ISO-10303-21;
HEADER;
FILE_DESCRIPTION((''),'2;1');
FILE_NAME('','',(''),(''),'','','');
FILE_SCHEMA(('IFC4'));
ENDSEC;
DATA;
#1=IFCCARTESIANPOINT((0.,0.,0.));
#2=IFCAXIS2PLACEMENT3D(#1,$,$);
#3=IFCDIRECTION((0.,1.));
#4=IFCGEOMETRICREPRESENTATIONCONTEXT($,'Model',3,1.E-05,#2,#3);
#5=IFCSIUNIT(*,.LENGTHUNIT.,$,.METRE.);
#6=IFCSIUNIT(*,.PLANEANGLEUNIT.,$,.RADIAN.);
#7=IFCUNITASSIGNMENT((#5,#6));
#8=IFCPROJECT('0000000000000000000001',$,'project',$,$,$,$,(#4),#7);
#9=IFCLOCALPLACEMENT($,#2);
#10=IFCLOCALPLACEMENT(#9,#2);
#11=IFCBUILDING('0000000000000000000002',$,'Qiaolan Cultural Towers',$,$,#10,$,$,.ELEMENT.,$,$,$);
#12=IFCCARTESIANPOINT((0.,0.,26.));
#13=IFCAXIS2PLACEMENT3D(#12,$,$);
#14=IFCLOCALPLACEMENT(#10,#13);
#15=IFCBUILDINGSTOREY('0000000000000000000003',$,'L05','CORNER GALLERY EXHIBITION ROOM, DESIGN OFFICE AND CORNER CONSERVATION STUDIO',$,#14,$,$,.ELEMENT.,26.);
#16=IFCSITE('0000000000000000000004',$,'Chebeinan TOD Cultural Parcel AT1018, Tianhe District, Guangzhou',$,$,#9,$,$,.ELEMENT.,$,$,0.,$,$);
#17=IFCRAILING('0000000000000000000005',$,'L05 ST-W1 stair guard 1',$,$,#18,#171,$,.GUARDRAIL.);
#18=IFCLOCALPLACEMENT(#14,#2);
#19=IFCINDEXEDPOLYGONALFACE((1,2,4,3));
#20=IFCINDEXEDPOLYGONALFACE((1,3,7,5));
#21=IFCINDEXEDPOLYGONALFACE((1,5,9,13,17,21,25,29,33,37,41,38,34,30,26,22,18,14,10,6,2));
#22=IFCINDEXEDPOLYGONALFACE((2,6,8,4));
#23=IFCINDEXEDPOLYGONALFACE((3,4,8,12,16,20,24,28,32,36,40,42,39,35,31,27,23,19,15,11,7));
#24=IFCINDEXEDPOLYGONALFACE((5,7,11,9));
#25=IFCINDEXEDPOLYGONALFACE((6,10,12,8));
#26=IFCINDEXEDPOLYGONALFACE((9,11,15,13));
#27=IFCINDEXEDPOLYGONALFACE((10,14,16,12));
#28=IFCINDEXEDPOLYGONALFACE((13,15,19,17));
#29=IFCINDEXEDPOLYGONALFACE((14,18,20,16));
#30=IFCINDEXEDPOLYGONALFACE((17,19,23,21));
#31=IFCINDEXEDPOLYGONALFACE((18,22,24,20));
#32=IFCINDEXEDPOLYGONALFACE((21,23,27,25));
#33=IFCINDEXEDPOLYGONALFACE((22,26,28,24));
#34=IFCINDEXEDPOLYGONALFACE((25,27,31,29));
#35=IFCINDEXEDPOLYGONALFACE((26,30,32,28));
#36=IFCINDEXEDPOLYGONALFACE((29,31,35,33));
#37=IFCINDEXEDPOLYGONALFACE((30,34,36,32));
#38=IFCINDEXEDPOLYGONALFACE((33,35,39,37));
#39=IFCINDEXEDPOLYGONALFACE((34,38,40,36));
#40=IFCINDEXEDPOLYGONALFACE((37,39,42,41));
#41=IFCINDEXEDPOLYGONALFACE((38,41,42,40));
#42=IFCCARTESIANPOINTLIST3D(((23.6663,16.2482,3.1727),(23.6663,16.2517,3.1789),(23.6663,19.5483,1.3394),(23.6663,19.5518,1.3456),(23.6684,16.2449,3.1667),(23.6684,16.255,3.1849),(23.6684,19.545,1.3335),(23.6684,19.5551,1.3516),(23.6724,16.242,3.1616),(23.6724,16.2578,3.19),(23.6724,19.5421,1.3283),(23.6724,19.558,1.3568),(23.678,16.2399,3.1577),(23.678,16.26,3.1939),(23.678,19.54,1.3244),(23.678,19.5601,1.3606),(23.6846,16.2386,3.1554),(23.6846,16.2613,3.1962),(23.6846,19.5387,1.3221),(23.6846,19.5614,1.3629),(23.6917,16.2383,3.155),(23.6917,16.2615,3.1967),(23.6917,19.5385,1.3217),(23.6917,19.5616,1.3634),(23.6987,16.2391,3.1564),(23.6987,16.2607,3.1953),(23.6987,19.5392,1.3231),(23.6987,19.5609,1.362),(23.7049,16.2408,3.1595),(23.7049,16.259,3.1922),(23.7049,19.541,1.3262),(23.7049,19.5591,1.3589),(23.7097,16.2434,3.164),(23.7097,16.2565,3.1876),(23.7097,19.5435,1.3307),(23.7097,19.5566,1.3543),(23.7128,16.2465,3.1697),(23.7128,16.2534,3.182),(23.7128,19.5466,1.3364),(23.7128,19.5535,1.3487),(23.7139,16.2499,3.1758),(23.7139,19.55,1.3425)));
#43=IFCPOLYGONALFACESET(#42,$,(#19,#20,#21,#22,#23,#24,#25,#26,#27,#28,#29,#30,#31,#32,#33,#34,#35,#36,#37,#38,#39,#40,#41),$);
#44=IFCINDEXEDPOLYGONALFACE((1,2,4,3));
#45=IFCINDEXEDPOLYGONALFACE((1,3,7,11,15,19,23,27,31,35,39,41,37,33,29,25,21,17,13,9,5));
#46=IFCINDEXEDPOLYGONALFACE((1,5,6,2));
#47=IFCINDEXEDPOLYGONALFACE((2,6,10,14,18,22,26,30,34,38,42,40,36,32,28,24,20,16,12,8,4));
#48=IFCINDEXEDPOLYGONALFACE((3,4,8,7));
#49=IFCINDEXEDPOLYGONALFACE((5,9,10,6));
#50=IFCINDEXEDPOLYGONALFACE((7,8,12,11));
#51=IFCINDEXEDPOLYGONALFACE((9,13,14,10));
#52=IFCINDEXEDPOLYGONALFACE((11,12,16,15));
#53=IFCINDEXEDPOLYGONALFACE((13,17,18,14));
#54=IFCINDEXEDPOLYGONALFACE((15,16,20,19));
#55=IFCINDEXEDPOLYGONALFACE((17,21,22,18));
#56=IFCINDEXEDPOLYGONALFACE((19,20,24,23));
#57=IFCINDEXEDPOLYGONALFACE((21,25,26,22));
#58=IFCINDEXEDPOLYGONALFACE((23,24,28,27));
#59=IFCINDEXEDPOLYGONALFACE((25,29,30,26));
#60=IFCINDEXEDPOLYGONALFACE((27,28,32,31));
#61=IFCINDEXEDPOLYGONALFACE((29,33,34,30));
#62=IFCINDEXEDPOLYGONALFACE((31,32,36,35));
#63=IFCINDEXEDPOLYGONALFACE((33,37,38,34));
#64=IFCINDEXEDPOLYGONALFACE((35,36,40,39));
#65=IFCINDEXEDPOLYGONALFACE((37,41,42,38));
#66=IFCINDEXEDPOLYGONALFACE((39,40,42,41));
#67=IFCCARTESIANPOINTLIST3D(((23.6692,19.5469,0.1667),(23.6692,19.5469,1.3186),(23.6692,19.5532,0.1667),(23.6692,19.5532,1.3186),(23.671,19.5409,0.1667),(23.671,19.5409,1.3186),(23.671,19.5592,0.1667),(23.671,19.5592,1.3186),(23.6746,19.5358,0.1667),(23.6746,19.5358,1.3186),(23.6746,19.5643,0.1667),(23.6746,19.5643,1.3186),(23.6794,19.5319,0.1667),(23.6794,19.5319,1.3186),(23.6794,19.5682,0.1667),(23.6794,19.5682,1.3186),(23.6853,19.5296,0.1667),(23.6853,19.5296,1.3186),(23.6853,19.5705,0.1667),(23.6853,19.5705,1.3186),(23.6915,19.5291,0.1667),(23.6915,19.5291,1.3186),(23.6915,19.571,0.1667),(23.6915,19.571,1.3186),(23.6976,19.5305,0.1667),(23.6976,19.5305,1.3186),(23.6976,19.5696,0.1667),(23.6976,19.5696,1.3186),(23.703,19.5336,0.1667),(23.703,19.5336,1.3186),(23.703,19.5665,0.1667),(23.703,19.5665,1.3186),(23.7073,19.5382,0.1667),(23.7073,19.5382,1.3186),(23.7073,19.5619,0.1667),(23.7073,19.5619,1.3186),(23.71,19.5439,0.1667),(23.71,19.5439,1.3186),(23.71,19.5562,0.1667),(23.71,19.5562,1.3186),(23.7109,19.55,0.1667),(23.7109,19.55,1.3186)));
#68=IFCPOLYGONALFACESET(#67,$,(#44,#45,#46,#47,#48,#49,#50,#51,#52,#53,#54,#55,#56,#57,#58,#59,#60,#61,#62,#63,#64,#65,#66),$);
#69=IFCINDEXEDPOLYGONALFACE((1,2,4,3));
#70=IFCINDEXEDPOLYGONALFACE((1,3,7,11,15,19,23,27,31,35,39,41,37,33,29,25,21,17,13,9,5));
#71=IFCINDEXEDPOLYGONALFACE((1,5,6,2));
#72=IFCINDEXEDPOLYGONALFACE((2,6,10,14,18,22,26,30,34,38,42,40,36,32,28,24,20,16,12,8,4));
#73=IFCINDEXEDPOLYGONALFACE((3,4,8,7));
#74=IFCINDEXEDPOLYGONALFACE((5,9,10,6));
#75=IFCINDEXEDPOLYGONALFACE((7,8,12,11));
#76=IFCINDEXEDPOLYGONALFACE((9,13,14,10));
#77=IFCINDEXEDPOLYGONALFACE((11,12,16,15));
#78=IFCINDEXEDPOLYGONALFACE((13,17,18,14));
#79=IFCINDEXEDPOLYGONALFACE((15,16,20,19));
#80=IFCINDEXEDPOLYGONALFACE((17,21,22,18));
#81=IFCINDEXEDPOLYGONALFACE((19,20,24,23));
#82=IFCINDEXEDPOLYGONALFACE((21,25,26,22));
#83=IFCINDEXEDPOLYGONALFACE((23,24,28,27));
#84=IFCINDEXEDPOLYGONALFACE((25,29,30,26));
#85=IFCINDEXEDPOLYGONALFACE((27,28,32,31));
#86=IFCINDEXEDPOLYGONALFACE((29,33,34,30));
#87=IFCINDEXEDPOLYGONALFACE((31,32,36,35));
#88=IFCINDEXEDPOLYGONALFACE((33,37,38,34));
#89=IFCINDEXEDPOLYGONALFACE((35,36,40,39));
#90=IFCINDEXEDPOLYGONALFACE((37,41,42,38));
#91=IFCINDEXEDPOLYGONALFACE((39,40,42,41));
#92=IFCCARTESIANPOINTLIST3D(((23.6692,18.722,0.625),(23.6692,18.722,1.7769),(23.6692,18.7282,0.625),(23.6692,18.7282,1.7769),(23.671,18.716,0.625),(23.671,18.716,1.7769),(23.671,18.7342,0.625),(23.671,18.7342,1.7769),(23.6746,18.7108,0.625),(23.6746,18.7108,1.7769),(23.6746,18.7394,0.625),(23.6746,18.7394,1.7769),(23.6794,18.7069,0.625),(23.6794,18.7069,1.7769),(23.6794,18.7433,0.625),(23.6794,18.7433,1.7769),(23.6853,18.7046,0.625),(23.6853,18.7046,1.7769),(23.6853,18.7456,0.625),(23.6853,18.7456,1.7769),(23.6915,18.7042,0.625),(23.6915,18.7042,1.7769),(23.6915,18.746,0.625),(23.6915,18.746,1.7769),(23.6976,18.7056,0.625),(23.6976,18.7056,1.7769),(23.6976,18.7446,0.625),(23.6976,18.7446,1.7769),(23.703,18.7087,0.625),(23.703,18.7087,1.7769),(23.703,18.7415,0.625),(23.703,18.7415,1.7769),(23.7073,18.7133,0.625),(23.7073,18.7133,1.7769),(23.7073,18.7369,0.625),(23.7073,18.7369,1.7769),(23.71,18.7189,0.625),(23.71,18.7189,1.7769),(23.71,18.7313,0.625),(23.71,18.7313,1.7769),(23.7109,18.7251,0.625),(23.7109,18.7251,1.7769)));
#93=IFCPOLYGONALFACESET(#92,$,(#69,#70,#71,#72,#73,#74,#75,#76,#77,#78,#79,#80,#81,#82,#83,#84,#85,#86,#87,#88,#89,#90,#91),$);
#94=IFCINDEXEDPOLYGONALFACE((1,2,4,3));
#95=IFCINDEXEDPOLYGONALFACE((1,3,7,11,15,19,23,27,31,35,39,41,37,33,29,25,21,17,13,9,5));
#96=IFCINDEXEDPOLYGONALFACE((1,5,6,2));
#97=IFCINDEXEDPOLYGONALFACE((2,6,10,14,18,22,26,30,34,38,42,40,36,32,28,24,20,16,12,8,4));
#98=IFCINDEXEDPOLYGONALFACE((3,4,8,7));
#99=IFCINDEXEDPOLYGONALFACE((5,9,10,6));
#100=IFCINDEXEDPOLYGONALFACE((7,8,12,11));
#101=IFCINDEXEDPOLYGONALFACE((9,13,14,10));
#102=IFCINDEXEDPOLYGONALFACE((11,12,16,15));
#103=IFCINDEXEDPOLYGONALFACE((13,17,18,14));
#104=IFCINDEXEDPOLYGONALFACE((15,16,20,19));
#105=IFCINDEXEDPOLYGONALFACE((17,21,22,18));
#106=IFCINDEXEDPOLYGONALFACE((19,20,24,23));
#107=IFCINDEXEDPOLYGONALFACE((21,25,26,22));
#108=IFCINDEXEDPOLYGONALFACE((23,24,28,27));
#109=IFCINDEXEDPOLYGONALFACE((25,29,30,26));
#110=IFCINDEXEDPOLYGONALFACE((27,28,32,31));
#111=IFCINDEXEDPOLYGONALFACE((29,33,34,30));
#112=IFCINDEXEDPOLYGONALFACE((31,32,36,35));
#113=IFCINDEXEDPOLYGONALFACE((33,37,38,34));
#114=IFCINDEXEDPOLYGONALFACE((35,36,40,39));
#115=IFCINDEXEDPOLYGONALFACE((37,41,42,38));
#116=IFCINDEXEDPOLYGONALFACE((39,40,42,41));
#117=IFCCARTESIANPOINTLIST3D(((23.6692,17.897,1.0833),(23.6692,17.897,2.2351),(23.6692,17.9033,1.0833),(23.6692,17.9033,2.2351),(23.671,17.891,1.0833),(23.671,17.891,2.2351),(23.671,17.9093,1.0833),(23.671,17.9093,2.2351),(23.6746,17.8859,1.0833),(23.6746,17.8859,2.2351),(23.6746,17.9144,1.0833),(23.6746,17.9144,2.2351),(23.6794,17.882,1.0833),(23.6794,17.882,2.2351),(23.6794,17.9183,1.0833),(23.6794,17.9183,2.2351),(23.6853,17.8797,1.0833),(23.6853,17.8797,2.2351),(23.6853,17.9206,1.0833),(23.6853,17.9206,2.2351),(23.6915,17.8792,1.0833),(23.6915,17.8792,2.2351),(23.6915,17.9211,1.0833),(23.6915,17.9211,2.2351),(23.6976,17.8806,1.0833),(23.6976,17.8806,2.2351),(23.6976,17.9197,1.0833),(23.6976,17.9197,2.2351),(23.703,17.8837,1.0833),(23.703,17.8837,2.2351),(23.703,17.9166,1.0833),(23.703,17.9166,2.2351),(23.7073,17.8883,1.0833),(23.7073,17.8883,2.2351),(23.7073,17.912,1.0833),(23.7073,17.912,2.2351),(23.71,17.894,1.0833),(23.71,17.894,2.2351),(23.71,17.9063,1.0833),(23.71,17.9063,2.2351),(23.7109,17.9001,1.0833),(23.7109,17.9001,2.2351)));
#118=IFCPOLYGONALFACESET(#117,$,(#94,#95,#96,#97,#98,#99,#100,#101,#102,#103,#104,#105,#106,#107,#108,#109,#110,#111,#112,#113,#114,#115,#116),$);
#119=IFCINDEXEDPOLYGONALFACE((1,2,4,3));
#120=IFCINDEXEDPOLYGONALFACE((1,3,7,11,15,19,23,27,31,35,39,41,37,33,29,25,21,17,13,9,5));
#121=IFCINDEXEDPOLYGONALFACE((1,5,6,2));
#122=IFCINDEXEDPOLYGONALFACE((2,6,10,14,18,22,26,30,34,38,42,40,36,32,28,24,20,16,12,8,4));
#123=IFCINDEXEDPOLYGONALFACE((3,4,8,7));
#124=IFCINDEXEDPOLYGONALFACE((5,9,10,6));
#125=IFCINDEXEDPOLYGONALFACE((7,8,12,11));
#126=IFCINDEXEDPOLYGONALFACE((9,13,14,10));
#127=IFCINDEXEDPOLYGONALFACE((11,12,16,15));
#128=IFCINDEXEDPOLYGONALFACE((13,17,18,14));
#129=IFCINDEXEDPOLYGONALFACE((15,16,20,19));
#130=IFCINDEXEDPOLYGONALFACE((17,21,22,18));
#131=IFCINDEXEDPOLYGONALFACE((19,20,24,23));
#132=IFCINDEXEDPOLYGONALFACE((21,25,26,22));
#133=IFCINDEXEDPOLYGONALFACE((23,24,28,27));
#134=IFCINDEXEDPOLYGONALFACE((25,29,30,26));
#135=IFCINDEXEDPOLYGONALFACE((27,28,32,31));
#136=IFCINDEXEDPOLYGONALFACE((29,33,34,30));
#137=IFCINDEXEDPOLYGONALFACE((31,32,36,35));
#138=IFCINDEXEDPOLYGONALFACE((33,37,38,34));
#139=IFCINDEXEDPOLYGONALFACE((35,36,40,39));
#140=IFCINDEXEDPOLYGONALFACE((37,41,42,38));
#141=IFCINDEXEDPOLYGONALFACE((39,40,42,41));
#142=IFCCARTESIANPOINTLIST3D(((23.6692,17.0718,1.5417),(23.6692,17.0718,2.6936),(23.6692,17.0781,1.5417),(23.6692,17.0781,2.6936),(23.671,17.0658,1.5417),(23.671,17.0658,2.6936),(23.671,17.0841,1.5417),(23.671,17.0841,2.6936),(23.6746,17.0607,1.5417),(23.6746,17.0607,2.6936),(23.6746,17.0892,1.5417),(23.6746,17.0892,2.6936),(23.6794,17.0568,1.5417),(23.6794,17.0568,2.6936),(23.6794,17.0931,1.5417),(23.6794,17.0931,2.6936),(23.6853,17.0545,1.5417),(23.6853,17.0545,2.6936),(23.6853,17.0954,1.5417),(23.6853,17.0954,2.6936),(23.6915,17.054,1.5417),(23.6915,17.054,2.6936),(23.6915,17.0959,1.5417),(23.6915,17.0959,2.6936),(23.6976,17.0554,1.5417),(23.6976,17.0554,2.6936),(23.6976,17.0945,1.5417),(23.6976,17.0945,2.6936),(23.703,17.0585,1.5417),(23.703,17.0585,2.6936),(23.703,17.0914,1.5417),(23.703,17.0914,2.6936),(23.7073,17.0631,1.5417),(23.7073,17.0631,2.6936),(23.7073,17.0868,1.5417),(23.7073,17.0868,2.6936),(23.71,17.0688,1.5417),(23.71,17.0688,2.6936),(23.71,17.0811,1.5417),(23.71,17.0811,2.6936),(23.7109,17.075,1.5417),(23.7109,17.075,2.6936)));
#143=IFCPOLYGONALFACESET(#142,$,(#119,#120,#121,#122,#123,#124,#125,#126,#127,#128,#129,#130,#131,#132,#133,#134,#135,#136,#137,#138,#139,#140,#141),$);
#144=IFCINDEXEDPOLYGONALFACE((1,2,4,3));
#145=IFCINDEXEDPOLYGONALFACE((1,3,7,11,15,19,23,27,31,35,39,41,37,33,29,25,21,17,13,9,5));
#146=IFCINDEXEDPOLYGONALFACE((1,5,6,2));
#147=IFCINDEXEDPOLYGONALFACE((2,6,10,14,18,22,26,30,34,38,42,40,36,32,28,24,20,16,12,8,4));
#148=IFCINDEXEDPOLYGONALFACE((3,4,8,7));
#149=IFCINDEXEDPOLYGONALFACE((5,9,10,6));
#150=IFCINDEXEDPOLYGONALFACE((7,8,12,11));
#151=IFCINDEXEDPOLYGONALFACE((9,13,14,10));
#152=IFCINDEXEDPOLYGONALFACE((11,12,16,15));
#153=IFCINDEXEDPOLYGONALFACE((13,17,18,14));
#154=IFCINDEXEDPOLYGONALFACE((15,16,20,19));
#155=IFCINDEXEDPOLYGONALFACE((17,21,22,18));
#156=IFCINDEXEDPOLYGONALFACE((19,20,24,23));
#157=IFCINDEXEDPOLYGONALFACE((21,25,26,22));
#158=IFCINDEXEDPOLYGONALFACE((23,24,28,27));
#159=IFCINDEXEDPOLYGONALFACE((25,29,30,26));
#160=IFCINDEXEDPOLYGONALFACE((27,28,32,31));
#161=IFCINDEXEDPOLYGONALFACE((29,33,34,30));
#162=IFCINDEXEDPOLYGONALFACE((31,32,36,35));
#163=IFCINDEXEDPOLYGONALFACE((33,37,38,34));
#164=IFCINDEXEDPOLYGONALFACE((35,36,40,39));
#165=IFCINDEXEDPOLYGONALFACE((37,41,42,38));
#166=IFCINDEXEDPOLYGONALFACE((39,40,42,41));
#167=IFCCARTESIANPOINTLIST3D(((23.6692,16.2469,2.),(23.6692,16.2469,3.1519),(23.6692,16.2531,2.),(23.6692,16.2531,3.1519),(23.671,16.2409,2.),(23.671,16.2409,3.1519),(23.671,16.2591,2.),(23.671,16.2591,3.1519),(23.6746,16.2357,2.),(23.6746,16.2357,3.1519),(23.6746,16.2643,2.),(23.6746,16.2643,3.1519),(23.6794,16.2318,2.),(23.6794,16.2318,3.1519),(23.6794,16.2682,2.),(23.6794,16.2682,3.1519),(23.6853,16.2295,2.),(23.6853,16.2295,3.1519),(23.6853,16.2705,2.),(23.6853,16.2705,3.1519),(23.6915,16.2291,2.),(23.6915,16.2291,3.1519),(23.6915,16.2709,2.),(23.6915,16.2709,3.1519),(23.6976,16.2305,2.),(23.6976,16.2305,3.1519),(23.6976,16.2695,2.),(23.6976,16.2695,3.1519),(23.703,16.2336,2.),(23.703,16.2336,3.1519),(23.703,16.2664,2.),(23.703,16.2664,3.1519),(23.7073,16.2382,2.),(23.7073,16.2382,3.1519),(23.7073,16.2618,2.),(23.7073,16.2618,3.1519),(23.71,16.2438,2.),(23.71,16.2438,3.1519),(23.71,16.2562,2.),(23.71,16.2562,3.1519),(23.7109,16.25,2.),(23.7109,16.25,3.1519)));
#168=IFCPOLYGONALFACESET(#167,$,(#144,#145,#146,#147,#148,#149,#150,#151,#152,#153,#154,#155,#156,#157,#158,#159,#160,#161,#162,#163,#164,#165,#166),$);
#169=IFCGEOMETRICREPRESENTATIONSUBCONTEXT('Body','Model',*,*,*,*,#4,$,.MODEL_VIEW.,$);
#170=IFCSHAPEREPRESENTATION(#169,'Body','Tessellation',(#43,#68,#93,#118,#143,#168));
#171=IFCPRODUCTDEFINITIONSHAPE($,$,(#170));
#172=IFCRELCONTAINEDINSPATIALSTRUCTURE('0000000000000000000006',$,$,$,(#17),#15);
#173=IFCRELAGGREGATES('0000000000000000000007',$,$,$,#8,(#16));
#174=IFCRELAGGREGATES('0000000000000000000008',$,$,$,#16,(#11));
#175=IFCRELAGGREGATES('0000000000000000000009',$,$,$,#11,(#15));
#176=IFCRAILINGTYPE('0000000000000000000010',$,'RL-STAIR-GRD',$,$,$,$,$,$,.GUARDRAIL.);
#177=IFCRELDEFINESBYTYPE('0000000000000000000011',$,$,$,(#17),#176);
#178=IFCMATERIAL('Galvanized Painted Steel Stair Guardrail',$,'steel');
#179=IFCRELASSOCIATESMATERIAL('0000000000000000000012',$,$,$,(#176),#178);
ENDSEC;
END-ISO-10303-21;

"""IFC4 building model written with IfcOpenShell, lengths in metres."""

from ifc_helpers import new_model, si_unit, direction, frame, origin, origin_2d, place, context, subcontext, project, spatial, circle, extrude, material, type_object, element, save


model = new_model("IFC4")

# Units and contexts
model_context = context("Model", 3, precision=1e-05, world=origin(), true_north=direction((0.0, 1.0)))
body_context = subcontext(model_context, "Body", "Model", "MODEL_VIEW")
ifc_project = project(units=[si_unit("LENGTHUNIT", "METRE"), si_unit("PLANEANGLEUNIT", "RADIAN")], contexts=[model_context])

# Site, building, storey
site_placement = place(None, origin())
site = spatial("IfcSite", under=ifc_project, at=site_placement, Name="Chebeinan TOD Cultural Parcel AT1018, Tianhe District, Guangzhou", CompositionType="ELEMENT", RefElevation=0.0)
building_placement = place(site_placement, origin())
building = spatial("IfcBuilding", under=site, at=building_placement, Name="Qiaolan Cultural Towers", CompositionType="ELEMENT")
storey_placement = place(building_placement, frame((0.0, 0.0, 26.0)))
storey = spatial("IfcBuildingStorey", under=building, at=storey_placement, Name="L05", Description="CORNER GALLERY EXHIBITION ROOM, DESIGN OFFICE AND CORNER CONSERVATION STUDIO", CompositionType="ELEMENT", Elevation=26.0)

# Railing
ifc_material_1 = material(Name="Galvanized Painted Steel Stair Guardrail", Category="steel")
railing_type_1 = type_object("IfcRailingType", Name="RL-STAIR-GRD", PredefinedType="GUARDRAIL", material=ifc_material_1)
railing_1_placement = place(storey_placement, frame((23.6899, 19.55, 0.1667)))
element("IfcRailing", 1, at=railing_1_placement, inside=storey, type_object=railing_type_1, Name="L05 ST-W1 stair guard 1", PredefinedType="GUARDRAIL", context=body_context, shape_type="SweptSolid", body=[
    extrude(circle(Radius=0.0239, at=origin_2d()), frame((0.0, 0.0, 1.1758), z_axis=(0.0, -0.874169, 0.485621), x_axis=(1.0, 0.0, 0.0)), (0.0, 0.0, 1.0), 3.7751),
    extrude(circle(Radius=0.021, at=origin_2d()), origin(), (0.0, 0.0, 1.0), 1.1519),
    extrude(circle(Radius=0.021, at=origin_2d()), frame((0.0, -0.825, 0.4583)), (0.0, 0.0, 1.0), 1.1519),
    extrude(circle(Radius=0.021, at=origin_2d()), frame((0.0, -1.6499, 0.9165)), (0.0, 0.0, 1.0), 1.1519),
    extrude(circle(Radius=0.021, at=origin_2d()), frame((0.0, -2.4751, 1.375)), (0.0, 0.0, 1.0), 1.1519),
    extrude(circle(Radius=0.021, at=origin_2d()), frame((0.0, -3.3, 1.8333)), (0.0, 0.0, 1.0), 1.1519),
])

save(model, "model.ifc")
